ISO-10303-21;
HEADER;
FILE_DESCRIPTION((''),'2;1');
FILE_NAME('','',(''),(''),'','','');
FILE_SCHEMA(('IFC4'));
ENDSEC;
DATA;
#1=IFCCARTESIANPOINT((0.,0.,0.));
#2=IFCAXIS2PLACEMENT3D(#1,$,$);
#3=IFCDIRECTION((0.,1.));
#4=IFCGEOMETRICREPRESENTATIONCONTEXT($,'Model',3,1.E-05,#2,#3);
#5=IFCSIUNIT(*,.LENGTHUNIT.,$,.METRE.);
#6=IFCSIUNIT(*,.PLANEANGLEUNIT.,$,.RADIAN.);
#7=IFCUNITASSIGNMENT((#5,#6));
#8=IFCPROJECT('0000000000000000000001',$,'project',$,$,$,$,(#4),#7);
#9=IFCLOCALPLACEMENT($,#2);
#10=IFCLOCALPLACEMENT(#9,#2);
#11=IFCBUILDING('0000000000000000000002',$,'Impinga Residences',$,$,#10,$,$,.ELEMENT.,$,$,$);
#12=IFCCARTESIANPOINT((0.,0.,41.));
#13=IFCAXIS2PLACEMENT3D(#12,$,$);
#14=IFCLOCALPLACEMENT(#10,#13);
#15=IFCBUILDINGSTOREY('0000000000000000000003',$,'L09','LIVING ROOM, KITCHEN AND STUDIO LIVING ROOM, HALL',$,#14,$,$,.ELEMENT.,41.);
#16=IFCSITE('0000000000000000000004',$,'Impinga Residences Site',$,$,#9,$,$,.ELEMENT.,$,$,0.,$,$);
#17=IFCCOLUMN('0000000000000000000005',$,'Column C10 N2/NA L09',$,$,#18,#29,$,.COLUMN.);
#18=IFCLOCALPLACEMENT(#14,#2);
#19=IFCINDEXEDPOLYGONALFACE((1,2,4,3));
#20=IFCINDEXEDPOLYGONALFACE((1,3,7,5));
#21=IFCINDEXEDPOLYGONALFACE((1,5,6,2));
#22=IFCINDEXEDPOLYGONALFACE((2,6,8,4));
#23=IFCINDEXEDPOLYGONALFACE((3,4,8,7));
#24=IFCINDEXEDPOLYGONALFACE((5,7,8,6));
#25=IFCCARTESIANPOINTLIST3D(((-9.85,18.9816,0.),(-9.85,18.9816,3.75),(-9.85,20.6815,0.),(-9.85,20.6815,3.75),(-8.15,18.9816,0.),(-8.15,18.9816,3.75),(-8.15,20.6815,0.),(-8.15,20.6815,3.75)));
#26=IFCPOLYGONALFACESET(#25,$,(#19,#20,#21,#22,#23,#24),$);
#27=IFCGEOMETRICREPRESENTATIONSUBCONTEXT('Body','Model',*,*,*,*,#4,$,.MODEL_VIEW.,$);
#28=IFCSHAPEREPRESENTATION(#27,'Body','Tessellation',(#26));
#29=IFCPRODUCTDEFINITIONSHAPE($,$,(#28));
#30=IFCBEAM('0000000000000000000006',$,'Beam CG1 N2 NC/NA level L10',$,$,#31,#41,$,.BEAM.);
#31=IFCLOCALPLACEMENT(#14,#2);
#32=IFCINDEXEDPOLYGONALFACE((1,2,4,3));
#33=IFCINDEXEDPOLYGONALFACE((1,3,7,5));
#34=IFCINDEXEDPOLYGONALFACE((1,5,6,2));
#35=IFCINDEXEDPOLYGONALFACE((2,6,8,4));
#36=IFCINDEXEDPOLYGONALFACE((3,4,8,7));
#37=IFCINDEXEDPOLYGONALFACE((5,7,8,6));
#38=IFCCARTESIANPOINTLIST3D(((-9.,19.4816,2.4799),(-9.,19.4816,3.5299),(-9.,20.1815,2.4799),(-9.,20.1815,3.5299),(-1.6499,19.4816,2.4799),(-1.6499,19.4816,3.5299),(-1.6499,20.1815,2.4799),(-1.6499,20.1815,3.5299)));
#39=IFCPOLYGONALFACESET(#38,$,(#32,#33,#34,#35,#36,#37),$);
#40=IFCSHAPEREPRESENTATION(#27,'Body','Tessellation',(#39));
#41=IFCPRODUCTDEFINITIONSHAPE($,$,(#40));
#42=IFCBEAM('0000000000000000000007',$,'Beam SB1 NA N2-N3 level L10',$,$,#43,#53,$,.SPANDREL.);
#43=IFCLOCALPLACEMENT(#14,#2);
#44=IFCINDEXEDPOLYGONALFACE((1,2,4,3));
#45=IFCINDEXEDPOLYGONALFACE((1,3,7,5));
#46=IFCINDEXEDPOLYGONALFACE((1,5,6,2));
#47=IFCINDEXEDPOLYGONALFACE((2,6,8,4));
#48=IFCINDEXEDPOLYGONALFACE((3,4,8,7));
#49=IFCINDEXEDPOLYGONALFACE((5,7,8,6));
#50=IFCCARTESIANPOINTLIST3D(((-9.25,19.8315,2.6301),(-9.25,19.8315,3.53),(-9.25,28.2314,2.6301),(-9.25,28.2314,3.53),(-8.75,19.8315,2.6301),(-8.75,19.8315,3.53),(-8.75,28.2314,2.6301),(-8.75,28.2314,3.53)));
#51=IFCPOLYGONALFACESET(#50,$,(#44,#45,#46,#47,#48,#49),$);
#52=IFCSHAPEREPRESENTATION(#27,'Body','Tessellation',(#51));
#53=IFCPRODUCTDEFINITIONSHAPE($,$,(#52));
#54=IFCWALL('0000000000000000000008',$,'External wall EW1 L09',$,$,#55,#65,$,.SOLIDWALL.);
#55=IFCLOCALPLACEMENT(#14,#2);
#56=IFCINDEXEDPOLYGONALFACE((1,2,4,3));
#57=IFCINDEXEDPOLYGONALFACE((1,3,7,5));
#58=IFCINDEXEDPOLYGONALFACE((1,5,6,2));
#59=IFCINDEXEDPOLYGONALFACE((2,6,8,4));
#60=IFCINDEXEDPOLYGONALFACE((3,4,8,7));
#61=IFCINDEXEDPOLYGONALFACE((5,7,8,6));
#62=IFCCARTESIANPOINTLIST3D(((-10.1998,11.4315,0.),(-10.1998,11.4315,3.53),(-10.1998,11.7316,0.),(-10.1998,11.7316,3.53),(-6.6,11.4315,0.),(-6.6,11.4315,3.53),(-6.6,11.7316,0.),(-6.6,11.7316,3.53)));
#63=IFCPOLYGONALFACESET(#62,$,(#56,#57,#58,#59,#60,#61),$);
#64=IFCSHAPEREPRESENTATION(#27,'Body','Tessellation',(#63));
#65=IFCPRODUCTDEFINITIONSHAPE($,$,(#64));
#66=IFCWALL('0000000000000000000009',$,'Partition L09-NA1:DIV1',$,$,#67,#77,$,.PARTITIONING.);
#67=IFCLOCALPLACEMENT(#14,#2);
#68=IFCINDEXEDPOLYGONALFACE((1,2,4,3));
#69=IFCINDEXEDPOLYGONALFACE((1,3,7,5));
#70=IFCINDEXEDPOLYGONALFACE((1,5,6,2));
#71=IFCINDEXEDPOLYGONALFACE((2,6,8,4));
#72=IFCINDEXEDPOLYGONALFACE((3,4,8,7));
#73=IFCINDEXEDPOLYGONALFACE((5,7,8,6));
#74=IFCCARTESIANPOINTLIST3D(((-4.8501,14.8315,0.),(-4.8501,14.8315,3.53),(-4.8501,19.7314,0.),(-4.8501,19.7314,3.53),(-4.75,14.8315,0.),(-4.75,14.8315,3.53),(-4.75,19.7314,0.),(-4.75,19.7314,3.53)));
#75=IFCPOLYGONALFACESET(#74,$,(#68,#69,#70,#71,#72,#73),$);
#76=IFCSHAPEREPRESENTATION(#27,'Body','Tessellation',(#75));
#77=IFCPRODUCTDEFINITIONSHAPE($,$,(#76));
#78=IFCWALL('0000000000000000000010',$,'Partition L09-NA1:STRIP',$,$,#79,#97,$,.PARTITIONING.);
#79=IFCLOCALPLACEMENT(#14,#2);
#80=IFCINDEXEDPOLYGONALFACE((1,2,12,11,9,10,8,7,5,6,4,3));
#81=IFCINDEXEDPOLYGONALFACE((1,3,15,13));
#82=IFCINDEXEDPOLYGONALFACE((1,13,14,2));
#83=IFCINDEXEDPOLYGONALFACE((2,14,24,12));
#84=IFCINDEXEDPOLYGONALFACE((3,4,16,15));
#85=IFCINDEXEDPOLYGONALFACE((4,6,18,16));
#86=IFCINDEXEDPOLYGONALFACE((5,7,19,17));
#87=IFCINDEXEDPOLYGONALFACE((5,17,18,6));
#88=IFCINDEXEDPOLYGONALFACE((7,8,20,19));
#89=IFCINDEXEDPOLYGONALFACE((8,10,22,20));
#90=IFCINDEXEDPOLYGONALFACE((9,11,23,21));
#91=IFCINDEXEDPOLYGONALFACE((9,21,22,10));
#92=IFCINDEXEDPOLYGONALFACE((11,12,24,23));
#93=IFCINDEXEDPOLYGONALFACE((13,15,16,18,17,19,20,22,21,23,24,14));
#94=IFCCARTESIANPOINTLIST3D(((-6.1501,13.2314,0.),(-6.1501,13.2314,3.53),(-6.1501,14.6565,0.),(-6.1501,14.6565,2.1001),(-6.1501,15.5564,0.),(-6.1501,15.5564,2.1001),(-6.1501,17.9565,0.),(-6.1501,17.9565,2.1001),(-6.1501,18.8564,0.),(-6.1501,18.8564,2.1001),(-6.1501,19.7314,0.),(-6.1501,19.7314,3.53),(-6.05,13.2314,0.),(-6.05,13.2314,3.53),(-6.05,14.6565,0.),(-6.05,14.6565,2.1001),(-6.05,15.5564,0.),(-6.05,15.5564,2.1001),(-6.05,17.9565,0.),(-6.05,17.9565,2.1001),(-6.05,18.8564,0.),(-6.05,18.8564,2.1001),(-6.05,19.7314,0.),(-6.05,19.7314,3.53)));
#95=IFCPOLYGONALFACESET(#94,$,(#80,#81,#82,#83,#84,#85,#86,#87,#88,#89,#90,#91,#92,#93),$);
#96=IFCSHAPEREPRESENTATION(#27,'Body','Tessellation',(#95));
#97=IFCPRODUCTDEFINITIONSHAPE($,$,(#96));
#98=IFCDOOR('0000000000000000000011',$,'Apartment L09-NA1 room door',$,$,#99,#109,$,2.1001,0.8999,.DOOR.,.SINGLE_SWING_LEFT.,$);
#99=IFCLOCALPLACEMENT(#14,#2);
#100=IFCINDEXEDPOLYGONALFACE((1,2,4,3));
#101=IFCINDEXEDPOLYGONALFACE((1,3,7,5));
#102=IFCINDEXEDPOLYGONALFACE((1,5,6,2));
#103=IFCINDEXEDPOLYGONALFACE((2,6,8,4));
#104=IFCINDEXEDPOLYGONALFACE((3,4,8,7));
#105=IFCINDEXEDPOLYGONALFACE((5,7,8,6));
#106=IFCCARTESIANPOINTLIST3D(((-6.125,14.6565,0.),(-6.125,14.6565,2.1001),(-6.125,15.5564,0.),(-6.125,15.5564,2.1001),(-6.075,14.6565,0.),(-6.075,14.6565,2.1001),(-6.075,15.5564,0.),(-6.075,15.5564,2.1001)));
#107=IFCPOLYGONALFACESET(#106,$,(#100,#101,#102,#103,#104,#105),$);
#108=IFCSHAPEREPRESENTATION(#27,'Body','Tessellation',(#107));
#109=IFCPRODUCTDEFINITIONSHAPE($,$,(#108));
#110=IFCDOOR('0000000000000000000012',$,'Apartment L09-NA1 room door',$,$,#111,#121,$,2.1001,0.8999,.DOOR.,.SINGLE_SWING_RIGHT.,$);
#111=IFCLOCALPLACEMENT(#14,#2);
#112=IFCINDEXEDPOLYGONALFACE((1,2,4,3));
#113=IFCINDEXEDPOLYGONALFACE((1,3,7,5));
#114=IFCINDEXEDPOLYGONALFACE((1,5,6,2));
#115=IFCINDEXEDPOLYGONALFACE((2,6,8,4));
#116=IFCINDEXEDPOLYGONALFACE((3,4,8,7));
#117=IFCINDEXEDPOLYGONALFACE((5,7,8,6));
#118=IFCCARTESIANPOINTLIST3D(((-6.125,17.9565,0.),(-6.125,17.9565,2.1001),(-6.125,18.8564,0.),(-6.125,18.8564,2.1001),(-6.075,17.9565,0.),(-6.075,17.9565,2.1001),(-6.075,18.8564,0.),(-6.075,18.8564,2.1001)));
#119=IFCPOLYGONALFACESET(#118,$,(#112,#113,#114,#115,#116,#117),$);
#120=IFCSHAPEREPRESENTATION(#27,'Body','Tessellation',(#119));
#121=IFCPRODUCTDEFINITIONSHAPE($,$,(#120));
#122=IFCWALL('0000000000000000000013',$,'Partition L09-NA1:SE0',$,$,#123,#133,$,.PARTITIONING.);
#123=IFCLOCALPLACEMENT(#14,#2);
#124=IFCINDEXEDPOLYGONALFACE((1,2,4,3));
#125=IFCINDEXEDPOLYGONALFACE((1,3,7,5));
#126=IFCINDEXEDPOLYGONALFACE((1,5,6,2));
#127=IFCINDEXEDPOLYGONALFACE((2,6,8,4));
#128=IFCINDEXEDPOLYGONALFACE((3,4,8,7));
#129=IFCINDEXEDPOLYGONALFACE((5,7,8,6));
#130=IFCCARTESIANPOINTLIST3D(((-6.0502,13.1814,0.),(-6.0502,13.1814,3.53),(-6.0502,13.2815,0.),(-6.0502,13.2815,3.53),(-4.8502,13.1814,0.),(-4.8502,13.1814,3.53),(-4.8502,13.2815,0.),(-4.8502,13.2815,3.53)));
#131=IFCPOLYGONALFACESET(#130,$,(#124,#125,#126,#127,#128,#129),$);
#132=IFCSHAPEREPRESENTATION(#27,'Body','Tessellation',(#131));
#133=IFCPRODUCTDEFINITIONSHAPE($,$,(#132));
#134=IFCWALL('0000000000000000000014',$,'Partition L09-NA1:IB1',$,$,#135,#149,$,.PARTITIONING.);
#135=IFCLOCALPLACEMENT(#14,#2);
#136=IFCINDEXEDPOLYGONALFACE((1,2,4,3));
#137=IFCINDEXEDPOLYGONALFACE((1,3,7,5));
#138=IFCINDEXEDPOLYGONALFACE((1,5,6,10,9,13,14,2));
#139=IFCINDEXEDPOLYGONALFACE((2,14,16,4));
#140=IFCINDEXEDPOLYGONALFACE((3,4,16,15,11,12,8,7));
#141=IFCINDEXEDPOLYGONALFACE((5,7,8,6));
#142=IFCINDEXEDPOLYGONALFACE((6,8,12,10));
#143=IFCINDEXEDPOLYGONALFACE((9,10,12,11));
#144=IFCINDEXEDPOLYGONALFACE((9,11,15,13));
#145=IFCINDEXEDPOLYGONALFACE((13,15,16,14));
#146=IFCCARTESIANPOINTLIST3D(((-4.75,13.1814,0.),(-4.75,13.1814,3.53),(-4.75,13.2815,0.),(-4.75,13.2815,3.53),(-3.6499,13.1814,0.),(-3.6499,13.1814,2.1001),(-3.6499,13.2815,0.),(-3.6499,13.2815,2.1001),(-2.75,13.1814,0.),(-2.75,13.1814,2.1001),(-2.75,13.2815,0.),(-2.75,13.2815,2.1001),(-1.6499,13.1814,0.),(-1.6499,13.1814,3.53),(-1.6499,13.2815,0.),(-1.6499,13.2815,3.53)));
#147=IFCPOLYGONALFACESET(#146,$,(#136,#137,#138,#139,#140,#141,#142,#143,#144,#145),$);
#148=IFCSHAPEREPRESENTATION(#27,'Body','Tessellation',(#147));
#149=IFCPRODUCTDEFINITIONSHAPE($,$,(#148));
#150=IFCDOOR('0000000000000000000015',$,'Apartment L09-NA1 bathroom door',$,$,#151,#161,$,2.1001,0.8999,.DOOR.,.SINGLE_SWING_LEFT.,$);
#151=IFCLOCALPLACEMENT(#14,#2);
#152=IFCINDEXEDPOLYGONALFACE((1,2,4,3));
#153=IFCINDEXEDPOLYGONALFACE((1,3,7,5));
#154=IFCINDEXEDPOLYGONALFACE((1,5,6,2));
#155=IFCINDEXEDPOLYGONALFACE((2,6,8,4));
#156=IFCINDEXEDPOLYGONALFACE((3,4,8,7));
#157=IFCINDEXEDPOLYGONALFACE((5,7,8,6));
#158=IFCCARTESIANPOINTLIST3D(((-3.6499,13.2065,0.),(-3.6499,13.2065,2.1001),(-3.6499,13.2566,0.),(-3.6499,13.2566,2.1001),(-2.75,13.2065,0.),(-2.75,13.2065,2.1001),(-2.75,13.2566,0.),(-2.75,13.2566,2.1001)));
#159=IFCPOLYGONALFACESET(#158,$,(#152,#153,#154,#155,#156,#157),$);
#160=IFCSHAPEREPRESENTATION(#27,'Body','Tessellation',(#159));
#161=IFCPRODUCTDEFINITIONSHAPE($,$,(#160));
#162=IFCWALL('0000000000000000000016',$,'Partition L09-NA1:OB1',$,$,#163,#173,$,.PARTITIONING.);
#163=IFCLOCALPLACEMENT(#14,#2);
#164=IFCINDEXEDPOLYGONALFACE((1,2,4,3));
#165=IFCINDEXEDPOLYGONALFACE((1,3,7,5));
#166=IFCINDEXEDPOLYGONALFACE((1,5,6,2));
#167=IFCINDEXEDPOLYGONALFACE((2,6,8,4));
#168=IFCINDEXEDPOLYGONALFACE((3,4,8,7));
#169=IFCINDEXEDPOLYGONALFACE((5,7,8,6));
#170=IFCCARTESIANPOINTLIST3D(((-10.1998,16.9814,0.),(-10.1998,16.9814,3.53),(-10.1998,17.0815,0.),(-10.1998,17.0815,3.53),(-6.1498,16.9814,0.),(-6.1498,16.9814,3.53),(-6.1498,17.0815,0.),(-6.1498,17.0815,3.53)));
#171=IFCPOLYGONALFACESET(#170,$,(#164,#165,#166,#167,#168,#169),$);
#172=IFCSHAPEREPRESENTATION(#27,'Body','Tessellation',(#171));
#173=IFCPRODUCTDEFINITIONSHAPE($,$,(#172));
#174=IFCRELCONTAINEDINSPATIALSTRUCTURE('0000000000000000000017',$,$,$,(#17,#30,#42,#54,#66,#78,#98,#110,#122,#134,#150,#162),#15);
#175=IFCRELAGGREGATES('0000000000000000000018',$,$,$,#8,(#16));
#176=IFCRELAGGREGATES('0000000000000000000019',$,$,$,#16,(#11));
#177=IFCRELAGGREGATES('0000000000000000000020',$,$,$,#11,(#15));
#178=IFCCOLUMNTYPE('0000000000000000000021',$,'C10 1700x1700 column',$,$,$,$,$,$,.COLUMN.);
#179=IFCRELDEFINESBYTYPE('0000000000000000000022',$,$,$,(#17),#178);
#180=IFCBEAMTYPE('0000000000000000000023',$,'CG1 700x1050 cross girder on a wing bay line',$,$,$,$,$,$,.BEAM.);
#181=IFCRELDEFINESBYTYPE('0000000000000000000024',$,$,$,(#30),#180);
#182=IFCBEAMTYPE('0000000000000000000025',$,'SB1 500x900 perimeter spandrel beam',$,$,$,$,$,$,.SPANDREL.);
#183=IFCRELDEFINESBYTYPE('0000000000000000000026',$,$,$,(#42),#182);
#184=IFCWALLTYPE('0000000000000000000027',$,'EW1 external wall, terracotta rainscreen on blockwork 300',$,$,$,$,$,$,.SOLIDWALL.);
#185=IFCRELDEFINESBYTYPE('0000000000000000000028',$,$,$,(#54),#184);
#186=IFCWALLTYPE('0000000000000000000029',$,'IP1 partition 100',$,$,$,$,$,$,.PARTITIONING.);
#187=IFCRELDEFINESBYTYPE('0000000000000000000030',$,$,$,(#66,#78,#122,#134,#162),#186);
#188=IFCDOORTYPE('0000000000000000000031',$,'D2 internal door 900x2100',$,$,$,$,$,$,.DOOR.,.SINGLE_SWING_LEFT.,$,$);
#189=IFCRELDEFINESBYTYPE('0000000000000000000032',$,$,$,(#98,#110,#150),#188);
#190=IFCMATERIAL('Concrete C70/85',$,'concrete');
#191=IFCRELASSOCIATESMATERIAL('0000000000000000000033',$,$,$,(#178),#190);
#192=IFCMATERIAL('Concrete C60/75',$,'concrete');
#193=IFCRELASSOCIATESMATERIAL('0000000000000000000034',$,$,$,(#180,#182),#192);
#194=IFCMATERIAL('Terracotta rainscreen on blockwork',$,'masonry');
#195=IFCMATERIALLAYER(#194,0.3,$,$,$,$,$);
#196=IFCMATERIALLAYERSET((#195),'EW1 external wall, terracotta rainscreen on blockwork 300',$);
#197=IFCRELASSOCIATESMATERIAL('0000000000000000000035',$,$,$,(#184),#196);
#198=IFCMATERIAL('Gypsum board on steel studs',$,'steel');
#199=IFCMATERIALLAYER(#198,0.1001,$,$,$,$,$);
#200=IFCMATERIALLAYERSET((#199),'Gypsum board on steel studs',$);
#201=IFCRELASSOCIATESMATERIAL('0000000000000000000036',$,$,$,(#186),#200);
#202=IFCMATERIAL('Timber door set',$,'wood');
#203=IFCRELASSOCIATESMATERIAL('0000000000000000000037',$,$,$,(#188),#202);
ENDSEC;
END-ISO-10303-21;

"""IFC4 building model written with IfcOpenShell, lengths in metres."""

from ifc_helpers import new_model, si_unit, direction, frame, frame_2d, origin, origin_2d, place, context, subcontext, project, spatial, rectangle, extrude, material, layer, layer_set, material_profile, profile_set, type_object, element, fill, save


model = new_model("IFC4")

# Units and contexts
model_context = context("Model", 3, precision=1e-05, world=origin(), true_north=direction((0.0, 1.0)))
body_context = subcontext(model_context, "Body", "Model", "MODEL_VIEW")
ifc_project = project(units=[si_unit("LENGTHUNIT", "METRE"), si_unit("PLANEANGLEUNIT", "RADIAN")], contexts=[model_context])

# Site, building, storey
site_placement = place(None, origin())
site = spatial("IfcSite", under=ifc_project, at=site_placement, Name="Impinga Residences Site", CompositionType="ELEMENT", RefElevation=0.0)
building_placement = place(site_placement, origin())
building = spatial("IfcBuilding", under=site, at=building_placement, Name="Impinga Residences", CompositionType="ELEMENT")
storey_placement = place(building_placement, frame((0.0, 0.0, 41.0)))
storey = spatial("IfcBuildingStorey", under=building, at=storey_placement, Name="L09", Description="LIVING ROOM, KITCHEN AND STUDIO LIVING ROOM, HALL", CompositionType="ELEMENT", Elevation=41.0)

# Column
ifc_material_1 = material(Name="Concrete C70/85", Category="concrete")
ifc_material_profile_1 = material_profile(ifc_material_1, rectangle(XDim=1.7, YDim=1.7, at=origin_2d()), Name="RC 1700x1700")
ifc_profile_set_1 = profile_set([ifc_material_profile_1], Name="Concrete C70/85")
column_type = type_object("IfcColumnType", Name="C10 1700x1700 column", PredefinedType="COLUMN", material=ifc_profile_set_1)
column_placement = place(storey_placement, frame((-9.0, 19.8315, 0.0), z_axis=(0.0, 0.0, 1.0), x_axis=(1.0, 0.0, 0.0)))
element("IfcColumn", 1, at=column_placement, inside=storey, type_object=column_type, Name="Column C10 N2/NA L09", PredefinedType="COLUMN", context=body_context, shape_type="SweptSolid", body=[
    extrude(rectangle(XDim=1.7, YDim=1.7, at=origin_2d()), origin(), (0.0, 0.0, 1.0), 3.75),
])

# Beams
ifc_material_2 = material(Name="Concrete C60/75", Category="concrete")
ifc_material_profile_2 = material_profile(ifc_material_2, rectangle(XDim=0.7, YDim=1.05, at=origin_2d()), Name="RC 700x1050")
ifc_profile_set_2 = profile_set([ifc_material_profile_2], Name="Concrete C60/75")
beam_type_1 = type_object("IfcBeamType", Name="CG1 700x1050 cross girder on a wing bay line", PredefinedType="BEAM", material=ifc_profile_set_2)
beam_1_placement = place(storey_placement, frame((-1.6499, 19.8315, 3.0049), z_axis=(-1.0, 0.0, 0.0), x_axis=(0.0, -1.0, 0.0)))
element("IfcBeam", 2, at=beam_1_placement, inside=storey, type_object=beam_type_1, Name="Beam CG1 N2 NC/NA level L10", PredefinedType="BEAM", context=body_context, shape_type="SweptSolid", body=[
    extrude(rectangle(XDim=0.7, YDim=1.05, at=origin_2d()), origin(), (0.0, 0.0, 1.0), 7.3501),
])
ifc_material_profile_3 = material_profile(ifc_material_2, rectangle(XDim=0.5, YDim=0.8999, at=origin_2d()), Name="RC 500x900")
ifc_profile_set_3 = profile_set([ifc_material_profile_3], Name="Concrete C60/75")
beam_type_2 = type_object("IfcBeamType", Name="SB1 500x900 perimeter spandrel beam", PredefinedType="SPANDREL", material=ifc_profile_set_3)
beam_2_placement = place(storey_placement, frame((-9.0, 19.8315, 3.0801), z_axis=(0.0, 1.0, 0.0), x_axis=(-1.0, 0.0, 0.0)))
element("IfcBeam", 3, at=beam_2_placement, inside=storey, type_object=beam_type_2, Name="Beam SB1 NA N2-N3 level L10", PredefinedType="SPANDREL", context=body_context, shape_type="SweptSolid", body=[
    extrude(rectangle(XDim=0.5, YDim=0.8999, at=origin_2d()), origin(), (0.0, 0.0, 1.0), 8.3999),
])

# Walls
ifc_material_3 = material(Name="Terracotta rainscreen on blockwork", Category="masonry")
ifc_layer_1 = layer(ifc_material_3, 0.3)
ifc_layer_set_1 = layer_set([ifc_layer_1], Name="EW1 external wall, terracotta rainscreen on blockwork 300")
wall_type_1 = type_object("IfcWallType", Name="EW1 external wall, terracotta rainscreen on blockwork 300", PredefinedType="SOLIDWALL", material=ifc_layer_set_1)
wall_1_placement = place(storey_placement, frame((-6.6001, 11.5815, 0.0), z_axis=(0.0, 0.0, 1.0), x_axis=(-1.0, 0.0, 0.0)))
element("IfcWall", 4, at=wall_1_placement, inside=storey, type_object=wall_type_1, Name="External wall EW1 L09", PredefinedType="SOLIDWALL", context=body_context, shape_type="SweptSolid", body=[
    extrude(rectangle(XDim=3.5999, YDim=0.3, at=frame_2d((1.7998, 0.0))), origin(), (0.0, 0.0, 1.0), 3.53),
])
ifc_material_4 = material(Name="Gypsum board on steel studs", Category="steel")
ifc_layer_2 = layer(ifc_material_4, 0.1001)
ifc_layer_set_2 = layer_set([ifc_layer_2], Name="Gypsum board on steel studs")
wall_type_2 = type_object("IfcWallType", Name="IP1 partition 100", PredefinedType="PARTITIONING", material=ifc_layer_set_2)
wall_2_placement = place(storey_placement, frame((-4.8, 14.8315, 0.0), z_axis=(0.0, 0.0, 1.0), x_axis=(0.0, 1.0, 0.0)))
element("IfcWall", 5, at=wall_2_placement, inside=storey, type_object=wall_type_2, Name="Partition L09-NA1:DIV1", PredefinedType="PARTITIONING", context=body_context, shape_type="SweptSolid", body=[
    extrude(rectangle(XDim=4.8999, YDim=0.1001, at=frame_2d((2.45, 0.0))), origin(), (0.0, 0.0, 1.0), 3.53),
])

# Wall, openings, doors
wall_3_placement = place(storey_placement, frame((-6.1001, 13.2314, 0.0), z_axis=(0.0, 0.0, 1.0), x_axis=(0.0, 1.0, 0.0)))
wall_3 = element("IfcWall", 6, at=wall_3_placement, inside=storey, type_object=wall_type_2, Name="Partition L09-NA1:STRIP", PredefinedType="PARTITIONING", context=body_context, shape_type="SweptSolid", body=[
    extrude(rectangle(XDim=6.5, YDim=0.1001, at=frame_2d((3.25, 0.0))), origin(), (0.0, 0.0, 1.0), 3.53),
])
opening_1_placement = place(wall_3_placement, frame((1.425, 0.0, 0.0)))
opening_1 = element("IfcOpeningElement", 7, at=opening_1_placement, cuts=wall_3, PredefinedType="OPENING", context=body_context, shape_type="SweptSolid", body=[
    extrude(rectangle(XDim=0.8999, YDim=2.1001, at=frame_2d((0.45, 1.05))), frame((0.0, 0.0601, 0.0), z_axis=(0.0, -1.0, 0.0), x_axis=(1.0, 0.0, 0.0)), (0.0, 0.0, 1.0), 0.1201),
])
opening_2_placement = place(wall_3_placement, frame((4.7251, 0.0, 0.0)))
opening_2 = element("IfcOpeningElement", 8, at=opening_2_placement, cuts=wall_3, PredefinedType="OPENING", context=body_context, shape_type="SweptSolid", body=[
    extrude(rectangle(XDim=0.8999, YDim=2.1001, at=frame_2d((0.45, 1.05))), frame((0.0, 0.0601, 0.0), z_axis=(0.0, -1.0, 0.0), x_axis=(1.0, 0.0, 0.0)), (0.0, 0.0, 1.0), 0.1201),
])
ifc_material_5 = material(Name="Timber door set", Category="wood")
door_type = type_object("IfcDoorType", Name="D2 internal door 900x2100", OperationType="SINGLE_SWING_LEFT", PredefinedType="DOOR", material=ifc_material_5)
door_1_placement = place(opening_1_placement, origin())
door_1 = element("IfcDoor", 9, at=door_1_placement, inside=storey, type_object=door_type, Name="Apartment L09-NA1 room door", OperationType="SINGLE_SWING_LEFT", OverallHeight=2.1001, OverallWidth=0.8999, PredefinedType="DOOR", context=body_context, shape_type="SweptSolid", body=[
    extrude(rectangle(XDim=0.8999, YDim=2.1001, at=frame_2d((0.45, 1.05))), frame((0.0, 0.0249, 0.0), z_axis=(0.0, -1.0, 0.0), x_axis=(1.0, 0.0, 0.0)), (0.0, 0.0, 1.0), 0.05),
])
fill(opening_1, door_1)
door_2_placement = place(opening_2_placement, origin())
door_2 = element("IfcDoor", 10, at=door_2_placement, inside=storey, type_object=door_type, Name="Apartment L09-NA1 room door", OperationType="SINGLE_SWING_RIGHT", OverallHeight=2.1001, OverallWidth=0.8999, PredefinedType="DOOR", context=body_context, shape_type="SweptSolid", body=[
    extrude(rectangle(XDim=0.8999, YDim=2.1001, at=frame_2d((0.45, 1.05))), frame((0.0, 0.0249, 0.0), z_axis=(0.0, -1.0, 0.0), x_axis=(1.0, 0.0, 0.0)), (0.0, 0.0, 1.0), 0.05),
])
fill(opening_2, door_2)

# Wall
wall_4_placement = place(storey_placement, frame((-4.8501, 13.2314, 0.0), z_axis=(0.0, 0.0, 1.0), x_axis=(-1.0, 0.0, 0.0)))
element("IfcWall", 11, at=wall_4_placement, inside=storey, type_object=wall_type_2, Name="Partition L09-NA1:SE0", PredefinedType="PARTITIONING", context=body_context, shape_type="SweptSolid", body=[
    extrude(rectangle(XDim=1.2, YDim=0.1001, at=frame_2d((0.6001, 0.0))), origin(), (0.0, 0.0, 1.0), 3.53),
])

# Wall, opening, door
wall_5_placement = place(storey_placement, frame((-1.6499, 13.2314, 0.0), z_axis=(0.0, 0.0, 1.0), x_axis=(-1.0, 0.0, 0.0)))
wall_5 = element("IfcWall", 12, at=wall_5_placement, inside=storey, type_object=wall_type_2, Name="Partition L09-NA1:IB1", PredefinedType="PARTITIONING", context=body_context, shape_type="SweptSolid", body=[
    extrude(rectangle(XDim=3.1001, YDim=0.1001, at=frame_2d((1.55, 0.0))), origin(), (0.0, 0.0, 1.0), 3.53),
])
opening_3_placement = place(wall_5_placement, frame((1.1001, 0.0, 0.0)))
opening_3 = element("IfcOpeningElement", 13, at=opening_3_placement, cuts=wall_5, PredefinedType="OPENING", context=body_context, shape_type="SweptSolid", body=[
    extrude(rectangle(XDim=0.8999, YDim=2.1001, at=frame_2d((0.45, 1.05))), frame((0.0, 0.0601, 0.0), z_axis=(0.0, -1.0, 0.0), x_axis=(1.0, 0.0, 0.0)), (0.0, 0.0, 1.0), 0.1201),
])
door_3_placement = place(opening_3_placement, origin())
door_3 = element("IfcDoor", 14, at=door_3_placement, inside=storey, type_object=door_type, Name="Apartment L09-NA1 bathroom door", OperationType="SINGLE_SWING_LEFT", OverallHeight=2.1001, OverallWidth=0.8999, PredefinedType="DOOR", context=body_context, shape_type="SweptSolid", body=[
    extrude(rectangle(XDim=0.8999, YDim=2.1001, at=frame_2d((0.45, 1.05))), frame((0.0, 0.0249, 0.0), z_axis=(0.0, -1.0, 0.0), x_axis=(1.0, 0.0, 0.0)), (0.0, 0.0, 1.0), 0.05),
])
fill(opening_3, door_3)

# Wall
wall_6_placement = place(storey_placement, frame((-6.1499, 17.0315, 0.0), z_axis=(0.0, 0.0, 1.0), x_axis=(-1.0, 0.0, 0.0)))
element("IfcWall", 15, at=wall_6_placement, inside=storey, type_object=wall_type_2, Name="Partition L09-NA1:OB1", PredefinedType="PARTITIONING", context=body_context, shape_type="SweptSolid", body=[
    extrude(rectangle(XDim=4.05, YDim=0.1001, at=frame_2d((2.0249, 0.0))), origin(), (0.0, 0.0, 1.0), 3.53),
])

save(model, "model.ifc")
